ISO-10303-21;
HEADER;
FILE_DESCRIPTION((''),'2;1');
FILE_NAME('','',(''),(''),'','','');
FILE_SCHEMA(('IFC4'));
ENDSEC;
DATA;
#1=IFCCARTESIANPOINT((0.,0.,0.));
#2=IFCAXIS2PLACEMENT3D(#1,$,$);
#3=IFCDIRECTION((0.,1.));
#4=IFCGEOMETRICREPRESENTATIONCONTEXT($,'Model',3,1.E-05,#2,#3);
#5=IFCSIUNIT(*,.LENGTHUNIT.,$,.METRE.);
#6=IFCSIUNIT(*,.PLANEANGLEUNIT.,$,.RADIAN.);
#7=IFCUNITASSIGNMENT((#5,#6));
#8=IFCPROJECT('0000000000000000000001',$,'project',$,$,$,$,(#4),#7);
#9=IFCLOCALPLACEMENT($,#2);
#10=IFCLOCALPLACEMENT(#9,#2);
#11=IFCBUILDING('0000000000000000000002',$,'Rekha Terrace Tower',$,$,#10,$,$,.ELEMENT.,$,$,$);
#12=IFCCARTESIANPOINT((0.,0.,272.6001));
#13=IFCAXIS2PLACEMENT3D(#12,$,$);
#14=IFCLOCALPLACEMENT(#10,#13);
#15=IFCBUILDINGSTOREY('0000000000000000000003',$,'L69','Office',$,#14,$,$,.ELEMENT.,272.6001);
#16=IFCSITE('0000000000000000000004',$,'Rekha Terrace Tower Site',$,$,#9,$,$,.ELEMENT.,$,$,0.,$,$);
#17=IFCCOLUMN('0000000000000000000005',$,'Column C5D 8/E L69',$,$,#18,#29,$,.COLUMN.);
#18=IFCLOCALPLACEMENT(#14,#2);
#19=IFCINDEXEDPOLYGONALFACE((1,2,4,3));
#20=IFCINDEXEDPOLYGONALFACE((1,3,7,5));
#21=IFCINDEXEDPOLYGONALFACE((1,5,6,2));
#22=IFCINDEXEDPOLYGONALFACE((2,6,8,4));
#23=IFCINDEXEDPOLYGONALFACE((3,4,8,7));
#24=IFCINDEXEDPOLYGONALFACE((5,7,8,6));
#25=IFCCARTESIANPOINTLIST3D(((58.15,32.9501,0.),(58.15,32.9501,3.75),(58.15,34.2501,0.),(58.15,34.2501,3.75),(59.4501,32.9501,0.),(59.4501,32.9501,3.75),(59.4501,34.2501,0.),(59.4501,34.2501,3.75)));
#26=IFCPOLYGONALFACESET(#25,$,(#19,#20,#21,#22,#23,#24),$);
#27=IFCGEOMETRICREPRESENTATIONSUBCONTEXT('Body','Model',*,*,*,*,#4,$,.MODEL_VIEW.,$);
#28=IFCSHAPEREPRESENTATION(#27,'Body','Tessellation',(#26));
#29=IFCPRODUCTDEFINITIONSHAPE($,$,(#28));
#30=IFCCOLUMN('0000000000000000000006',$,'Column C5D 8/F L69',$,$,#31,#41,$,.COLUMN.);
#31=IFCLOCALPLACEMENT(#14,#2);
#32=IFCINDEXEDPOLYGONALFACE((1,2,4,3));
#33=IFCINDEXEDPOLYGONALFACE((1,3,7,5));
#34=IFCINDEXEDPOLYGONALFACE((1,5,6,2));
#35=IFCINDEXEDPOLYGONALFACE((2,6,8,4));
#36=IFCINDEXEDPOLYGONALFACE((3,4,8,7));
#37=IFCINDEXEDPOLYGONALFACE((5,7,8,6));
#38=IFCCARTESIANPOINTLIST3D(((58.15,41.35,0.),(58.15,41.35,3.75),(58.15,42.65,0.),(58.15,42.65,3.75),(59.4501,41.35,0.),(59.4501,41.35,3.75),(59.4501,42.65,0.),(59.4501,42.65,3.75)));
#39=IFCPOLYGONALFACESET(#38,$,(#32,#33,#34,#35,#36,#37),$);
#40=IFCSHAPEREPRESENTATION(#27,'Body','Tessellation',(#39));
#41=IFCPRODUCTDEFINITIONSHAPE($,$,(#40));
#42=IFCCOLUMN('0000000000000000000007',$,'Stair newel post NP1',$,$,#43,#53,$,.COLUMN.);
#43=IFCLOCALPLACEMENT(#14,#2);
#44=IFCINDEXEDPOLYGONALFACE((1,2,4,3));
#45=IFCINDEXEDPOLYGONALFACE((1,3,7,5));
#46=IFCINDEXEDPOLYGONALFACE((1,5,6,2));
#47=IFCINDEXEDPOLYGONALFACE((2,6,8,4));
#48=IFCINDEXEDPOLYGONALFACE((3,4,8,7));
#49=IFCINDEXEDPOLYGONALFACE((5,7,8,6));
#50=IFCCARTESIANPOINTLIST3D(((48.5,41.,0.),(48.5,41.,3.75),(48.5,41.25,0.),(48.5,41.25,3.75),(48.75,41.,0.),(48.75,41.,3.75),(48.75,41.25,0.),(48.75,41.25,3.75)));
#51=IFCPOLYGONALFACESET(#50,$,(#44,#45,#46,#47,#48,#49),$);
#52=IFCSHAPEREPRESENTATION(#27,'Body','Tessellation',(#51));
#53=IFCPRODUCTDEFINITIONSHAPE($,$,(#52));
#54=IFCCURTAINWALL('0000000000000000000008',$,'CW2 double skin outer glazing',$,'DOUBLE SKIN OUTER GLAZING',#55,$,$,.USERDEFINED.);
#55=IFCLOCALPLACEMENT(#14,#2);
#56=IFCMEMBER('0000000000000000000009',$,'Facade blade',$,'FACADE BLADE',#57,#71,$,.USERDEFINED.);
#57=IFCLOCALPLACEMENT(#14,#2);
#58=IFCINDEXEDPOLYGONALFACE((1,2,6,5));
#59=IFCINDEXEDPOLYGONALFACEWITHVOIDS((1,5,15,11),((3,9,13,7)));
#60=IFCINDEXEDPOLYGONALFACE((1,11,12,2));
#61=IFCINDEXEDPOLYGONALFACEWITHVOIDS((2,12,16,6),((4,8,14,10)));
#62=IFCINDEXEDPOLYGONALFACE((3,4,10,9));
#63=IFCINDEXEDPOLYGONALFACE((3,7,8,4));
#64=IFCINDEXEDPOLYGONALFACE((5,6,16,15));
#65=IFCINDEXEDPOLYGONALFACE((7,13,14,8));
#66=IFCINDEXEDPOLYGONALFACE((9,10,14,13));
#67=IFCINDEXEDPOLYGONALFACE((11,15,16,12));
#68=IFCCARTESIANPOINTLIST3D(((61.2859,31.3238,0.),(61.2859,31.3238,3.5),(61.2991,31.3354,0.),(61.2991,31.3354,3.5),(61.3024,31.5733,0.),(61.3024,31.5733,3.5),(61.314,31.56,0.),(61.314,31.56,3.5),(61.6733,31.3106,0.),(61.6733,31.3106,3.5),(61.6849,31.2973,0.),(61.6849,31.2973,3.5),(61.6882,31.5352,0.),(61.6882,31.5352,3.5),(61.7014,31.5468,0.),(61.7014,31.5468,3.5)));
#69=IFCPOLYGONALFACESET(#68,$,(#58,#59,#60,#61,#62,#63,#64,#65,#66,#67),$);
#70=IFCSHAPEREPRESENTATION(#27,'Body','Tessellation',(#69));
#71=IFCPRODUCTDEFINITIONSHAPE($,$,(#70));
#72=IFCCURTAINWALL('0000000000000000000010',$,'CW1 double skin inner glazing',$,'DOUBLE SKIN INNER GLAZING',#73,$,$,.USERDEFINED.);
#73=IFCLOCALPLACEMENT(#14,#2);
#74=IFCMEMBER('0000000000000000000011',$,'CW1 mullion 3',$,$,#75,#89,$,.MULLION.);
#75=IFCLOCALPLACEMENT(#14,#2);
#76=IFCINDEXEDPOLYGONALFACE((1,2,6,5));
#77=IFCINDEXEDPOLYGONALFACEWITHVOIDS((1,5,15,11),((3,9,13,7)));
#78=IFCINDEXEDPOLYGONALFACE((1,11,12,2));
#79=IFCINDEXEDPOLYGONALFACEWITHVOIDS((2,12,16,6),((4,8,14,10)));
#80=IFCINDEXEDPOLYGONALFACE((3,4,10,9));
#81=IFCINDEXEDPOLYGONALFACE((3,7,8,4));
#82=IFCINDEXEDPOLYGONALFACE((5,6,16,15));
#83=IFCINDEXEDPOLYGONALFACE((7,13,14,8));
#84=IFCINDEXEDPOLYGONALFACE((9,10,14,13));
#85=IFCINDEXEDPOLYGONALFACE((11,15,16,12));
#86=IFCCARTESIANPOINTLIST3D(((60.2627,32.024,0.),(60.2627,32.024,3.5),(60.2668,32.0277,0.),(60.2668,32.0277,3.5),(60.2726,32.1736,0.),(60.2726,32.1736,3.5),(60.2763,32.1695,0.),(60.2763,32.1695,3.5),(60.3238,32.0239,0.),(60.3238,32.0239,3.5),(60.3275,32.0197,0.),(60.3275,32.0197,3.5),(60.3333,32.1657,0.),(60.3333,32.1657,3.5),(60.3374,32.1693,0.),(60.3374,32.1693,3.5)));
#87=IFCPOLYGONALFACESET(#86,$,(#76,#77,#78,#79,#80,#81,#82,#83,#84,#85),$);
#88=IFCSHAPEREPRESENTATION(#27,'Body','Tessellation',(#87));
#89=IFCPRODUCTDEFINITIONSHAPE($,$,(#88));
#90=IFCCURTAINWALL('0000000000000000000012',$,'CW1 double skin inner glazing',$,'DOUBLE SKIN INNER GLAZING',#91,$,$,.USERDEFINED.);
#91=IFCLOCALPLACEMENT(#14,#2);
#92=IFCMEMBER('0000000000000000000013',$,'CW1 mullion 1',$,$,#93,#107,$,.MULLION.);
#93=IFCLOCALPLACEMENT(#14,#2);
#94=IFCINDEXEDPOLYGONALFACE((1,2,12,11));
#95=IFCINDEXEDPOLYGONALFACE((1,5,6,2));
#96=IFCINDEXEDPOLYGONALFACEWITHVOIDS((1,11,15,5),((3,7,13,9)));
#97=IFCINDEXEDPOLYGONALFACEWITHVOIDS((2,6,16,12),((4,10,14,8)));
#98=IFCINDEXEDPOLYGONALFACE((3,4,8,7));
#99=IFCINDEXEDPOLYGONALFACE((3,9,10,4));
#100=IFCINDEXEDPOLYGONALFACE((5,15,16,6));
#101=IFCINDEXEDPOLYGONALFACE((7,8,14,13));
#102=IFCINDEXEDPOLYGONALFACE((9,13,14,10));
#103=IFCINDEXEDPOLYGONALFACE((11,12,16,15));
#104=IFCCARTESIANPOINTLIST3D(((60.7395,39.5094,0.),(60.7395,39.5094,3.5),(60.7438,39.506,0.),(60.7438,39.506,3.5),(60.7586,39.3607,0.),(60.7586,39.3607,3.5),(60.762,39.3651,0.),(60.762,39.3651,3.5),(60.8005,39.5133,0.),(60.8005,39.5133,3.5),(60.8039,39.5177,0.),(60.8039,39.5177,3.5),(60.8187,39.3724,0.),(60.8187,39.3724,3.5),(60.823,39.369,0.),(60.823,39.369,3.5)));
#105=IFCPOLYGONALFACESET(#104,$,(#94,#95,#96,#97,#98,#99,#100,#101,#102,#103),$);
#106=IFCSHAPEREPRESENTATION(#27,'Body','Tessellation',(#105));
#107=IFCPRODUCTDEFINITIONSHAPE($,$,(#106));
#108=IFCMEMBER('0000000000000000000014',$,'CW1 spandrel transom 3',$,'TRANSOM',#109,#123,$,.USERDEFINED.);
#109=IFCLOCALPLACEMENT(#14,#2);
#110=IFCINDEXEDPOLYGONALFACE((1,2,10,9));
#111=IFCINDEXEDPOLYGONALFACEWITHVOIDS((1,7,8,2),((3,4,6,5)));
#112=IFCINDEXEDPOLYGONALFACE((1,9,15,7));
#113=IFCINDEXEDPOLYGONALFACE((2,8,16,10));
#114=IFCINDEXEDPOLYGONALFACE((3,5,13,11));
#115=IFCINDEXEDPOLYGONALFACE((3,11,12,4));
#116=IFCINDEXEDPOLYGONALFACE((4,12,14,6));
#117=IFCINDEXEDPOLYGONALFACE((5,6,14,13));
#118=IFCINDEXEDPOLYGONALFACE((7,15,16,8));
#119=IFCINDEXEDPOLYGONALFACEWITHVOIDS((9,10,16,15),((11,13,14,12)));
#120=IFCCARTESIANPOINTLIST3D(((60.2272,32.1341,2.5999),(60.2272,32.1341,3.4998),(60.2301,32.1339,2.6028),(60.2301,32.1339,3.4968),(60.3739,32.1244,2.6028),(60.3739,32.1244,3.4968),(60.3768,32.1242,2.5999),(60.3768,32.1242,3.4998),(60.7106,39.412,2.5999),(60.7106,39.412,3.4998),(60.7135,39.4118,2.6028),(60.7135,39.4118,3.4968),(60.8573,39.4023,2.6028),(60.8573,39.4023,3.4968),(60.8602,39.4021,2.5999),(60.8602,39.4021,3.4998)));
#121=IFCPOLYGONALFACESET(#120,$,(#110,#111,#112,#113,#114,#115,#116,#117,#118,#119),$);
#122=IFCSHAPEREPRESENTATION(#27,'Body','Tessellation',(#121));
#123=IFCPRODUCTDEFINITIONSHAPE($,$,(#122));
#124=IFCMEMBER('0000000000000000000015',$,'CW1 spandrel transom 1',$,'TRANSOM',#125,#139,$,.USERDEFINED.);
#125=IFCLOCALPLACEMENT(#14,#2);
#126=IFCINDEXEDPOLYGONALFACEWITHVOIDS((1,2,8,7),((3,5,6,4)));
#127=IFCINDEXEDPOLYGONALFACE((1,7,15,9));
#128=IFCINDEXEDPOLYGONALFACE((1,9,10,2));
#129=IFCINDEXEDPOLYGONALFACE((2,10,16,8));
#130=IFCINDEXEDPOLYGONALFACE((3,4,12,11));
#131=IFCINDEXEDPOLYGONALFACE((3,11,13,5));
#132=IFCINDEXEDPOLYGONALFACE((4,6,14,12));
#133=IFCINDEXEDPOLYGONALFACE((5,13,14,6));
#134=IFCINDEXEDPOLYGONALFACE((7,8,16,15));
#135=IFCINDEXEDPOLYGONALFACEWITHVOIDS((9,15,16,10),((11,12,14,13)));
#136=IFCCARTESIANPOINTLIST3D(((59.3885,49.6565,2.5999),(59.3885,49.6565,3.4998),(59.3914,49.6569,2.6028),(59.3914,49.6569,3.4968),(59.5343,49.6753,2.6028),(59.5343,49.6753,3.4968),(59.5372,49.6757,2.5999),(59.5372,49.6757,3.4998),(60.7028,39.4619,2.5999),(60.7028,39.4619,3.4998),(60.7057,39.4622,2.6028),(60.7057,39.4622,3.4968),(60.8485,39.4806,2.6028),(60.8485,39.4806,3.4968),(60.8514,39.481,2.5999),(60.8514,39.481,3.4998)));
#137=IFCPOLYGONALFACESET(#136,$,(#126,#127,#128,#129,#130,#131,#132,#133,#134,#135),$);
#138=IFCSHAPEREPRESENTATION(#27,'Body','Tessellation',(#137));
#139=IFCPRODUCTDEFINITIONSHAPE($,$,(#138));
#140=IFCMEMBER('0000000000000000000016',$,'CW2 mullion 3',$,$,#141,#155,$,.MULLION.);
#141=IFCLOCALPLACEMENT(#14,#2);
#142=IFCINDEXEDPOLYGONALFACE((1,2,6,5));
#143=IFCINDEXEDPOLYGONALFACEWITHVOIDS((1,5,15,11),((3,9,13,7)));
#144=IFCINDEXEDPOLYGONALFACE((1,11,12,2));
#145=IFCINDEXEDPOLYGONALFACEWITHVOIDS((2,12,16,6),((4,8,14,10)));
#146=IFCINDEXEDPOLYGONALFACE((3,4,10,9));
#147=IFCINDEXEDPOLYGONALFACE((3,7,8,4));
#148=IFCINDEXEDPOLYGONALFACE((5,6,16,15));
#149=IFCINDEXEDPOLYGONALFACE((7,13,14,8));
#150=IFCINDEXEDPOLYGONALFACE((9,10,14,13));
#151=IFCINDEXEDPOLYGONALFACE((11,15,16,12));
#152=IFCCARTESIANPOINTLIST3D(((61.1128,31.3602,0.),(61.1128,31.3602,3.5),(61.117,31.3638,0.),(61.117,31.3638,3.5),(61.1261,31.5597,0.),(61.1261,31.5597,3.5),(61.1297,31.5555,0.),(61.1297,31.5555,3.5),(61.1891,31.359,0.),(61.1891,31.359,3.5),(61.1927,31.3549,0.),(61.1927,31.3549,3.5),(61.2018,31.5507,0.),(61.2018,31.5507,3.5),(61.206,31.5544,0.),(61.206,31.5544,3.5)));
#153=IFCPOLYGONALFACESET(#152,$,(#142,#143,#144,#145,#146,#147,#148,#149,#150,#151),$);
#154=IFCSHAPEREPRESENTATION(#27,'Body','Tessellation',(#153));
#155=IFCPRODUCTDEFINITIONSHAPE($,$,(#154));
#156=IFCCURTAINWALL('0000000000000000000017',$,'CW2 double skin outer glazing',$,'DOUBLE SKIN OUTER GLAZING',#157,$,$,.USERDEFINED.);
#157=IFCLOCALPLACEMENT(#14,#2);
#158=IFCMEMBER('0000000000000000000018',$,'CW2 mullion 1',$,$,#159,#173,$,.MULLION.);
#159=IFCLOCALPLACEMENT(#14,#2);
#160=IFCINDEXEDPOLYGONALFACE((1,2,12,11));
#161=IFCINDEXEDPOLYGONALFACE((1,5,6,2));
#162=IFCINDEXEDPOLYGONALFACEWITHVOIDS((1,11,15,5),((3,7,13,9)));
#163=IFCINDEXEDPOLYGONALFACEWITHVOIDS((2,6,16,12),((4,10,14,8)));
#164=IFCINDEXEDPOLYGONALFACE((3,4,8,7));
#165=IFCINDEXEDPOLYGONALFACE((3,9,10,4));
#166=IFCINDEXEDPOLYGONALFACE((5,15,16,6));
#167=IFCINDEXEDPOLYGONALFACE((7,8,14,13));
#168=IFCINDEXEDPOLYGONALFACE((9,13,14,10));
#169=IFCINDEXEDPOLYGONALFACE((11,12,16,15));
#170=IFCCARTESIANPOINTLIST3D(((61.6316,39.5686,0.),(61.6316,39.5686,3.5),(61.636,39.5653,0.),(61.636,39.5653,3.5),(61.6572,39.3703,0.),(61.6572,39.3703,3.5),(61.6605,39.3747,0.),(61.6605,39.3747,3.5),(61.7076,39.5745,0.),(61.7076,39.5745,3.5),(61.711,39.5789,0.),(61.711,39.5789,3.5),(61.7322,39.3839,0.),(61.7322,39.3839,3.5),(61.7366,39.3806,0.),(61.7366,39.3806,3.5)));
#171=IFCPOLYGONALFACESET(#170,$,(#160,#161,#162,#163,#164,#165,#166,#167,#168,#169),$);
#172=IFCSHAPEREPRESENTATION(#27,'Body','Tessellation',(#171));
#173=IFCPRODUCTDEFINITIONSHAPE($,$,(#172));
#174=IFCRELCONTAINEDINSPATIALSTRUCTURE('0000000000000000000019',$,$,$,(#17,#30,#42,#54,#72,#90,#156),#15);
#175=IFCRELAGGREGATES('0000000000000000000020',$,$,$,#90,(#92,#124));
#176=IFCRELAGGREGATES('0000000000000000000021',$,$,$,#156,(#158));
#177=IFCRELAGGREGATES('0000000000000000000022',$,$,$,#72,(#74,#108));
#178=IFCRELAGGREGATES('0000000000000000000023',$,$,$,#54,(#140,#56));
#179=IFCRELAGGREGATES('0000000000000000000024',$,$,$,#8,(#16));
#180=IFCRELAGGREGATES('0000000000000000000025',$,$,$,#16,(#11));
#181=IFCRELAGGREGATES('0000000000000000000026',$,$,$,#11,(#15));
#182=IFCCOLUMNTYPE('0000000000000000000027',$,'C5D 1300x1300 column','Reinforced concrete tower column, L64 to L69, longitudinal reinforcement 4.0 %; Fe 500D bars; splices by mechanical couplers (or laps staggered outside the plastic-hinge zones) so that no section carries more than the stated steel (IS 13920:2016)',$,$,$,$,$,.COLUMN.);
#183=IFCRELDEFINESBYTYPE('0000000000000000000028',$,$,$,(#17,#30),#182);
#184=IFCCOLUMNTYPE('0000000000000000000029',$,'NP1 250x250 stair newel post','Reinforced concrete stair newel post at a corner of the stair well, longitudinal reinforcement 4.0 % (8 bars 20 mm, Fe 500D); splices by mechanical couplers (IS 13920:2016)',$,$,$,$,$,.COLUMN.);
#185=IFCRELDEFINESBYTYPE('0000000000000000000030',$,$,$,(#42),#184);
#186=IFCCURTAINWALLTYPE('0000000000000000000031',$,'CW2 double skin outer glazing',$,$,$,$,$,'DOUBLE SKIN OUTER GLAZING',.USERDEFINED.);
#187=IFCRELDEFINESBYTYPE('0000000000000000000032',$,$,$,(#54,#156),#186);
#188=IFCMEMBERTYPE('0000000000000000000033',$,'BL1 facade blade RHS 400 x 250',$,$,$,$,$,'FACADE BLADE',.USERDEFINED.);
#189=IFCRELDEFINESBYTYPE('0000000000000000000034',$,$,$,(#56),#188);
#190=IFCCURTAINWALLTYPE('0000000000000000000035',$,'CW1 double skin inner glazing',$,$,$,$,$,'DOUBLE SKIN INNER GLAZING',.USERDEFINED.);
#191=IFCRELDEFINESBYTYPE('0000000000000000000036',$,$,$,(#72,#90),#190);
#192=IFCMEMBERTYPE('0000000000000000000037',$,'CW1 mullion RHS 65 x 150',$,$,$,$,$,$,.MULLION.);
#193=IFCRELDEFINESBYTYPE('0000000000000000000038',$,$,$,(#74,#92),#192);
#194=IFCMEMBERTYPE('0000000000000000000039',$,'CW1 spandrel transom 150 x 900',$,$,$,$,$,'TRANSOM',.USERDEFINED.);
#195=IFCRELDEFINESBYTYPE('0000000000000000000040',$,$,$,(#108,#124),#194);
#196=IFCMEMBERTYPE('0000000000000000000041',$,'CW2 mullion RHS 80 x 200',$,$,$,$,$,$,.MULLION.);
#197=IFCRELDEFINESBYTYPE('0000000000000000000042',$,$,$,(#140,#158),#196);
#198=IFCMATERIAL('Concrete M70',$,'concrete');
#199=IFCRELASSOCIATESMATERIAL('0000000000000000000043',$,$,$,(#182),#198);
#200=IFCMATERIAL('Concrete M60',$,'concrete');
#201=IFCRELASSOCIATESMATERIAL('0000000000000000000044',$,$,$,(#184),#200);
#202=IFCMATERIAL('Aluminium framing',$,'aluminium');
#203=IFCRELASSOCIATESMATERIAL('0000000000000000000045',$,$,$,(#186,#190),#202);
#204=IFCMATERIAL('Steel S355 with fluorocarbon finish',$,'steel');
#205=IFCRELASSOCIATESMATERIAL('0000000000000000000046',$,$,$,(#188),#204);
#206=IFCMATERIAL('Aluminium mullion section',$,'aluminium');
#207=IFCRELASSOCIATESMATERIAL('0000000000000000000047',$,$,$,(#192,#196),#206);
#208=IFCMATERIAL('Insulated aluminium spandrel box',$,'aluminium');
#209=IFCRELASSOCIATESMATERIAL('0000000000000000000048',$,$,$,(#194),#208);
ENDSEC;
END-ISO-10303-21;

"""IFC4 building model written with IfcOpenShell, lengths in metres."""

from ifc_helpers import new_model, si_unit, direction, frame, origin, origin_2d, place, context, subcontext, project, spatial, rectangle, hollow_rectangle, extrude, material, material_profile, profile_set, type_object, element, aggregate, save


model = new_model("IFC4")

# Units and contexts
model_context = context("Model", 3, precision=1e-05, world=origin(), true_north=direction((0.0, 1.0)))
body_context = subcontext(model_context, "Body", "Model", "MODEL_VIEW")
ifc_project = project(units=[si_unit("LENGTHUNIT", "METRE"), si_unit("PLANEANGLEUNIT", "RADIAN")], contexts=[model_context])

# Site, building, storey
site_placement = place(None, origin())
site = spatial("IfcSite", under=ifc_project, at=site_placement, Name="Rekha Terrace Tower Site", CompositionType="ELEMENT", RefElevation=0.0)
building_placement = place(site_placement, origin())
building = spatial("IfcBuilding", under=site, at=building_placement, Name="Rekha Terrace Tower", CompositionType="ELEMENT")
storey_placement = place(building_placement, frame((0.0, 0.0, 272.6001)))
storey = spatial("IfcBuildingStorey", under=building, at=storey_placement, Name="L69", Description="Office", CompositionType="ELEMENT", Elevation=272.6001)

# Columns
ifc_material_1 = material(Name="Concrete M70", Category="concrete")
ifc_material_profile_1 = material_profile(ifc_material_1, rectangle(XDim=1.3, YDim=1.3, at=origin_2d()), Name="RC 1300x1300")
ifc_profile_set_1 = profile_set([ifc_material_profile_1], Name="Concrete M70")
column_type_1 = type_object("IfcColumnType", Name="C5D 1300x1300 column", Description="Reinforced concrete tower column, L64 to L69, longitudinal reinforcement 4.0 %; Fe 500D bars; splices by mechanical couplers (or laps staggered outside the plastic-hinge zones) so that no section carries more than the stated steel (IS 13920:2016)", PredefinedType="COLUMN", material=ifc_profile_set_1)
for number, where, z_axis, x_axis, name in (
    (1, (58.8, 33.6001, 0.0), (0.0, 0.0, 1.0), (1.0, 0.0, 0.0), "Column C5D 8/E L69"),
    (2, (58.8, 42.0, 0.0), (0.0, 0.0, 1.0), (1.0, 0.0, 0.0), "Column C5D 8/F L69"),
):
    element("IfcColumn", number, at=place(storey_placement, frame(where, z_axis=z_axis, x_axis=x_axis)), inside=storey, type_object=column_type_1, Name=name, PredefinedType="COLUMN", context=body_context, shape_type="SweptSolid", body=[
        extrude(rectangle(XDim=1.3, YDim=1.3, at=origin_2d()), origin(), (0.0, 0.0, 1.0), 3.75),
    ])
ifc_material_2 = material(Name="Concrete M60", Category="concrete")
ifc_material_profile_2 = material_profile(ifc_material_2, rectangle(XDim=0.25, YDim=0.25, at=origin_2d()), Name="RC 250x250")
ifc_profile_set_2 = profile_set([ifc_material_profile_2], Name="Concrete M60")
column_type_2 = type_object("IfcColumnType", Name="NP1 250x250 stair newel post", Description="Reinforced concrete stair newel post at a corner of the stair well, longitudinal reinforcement 4.0 % (8 bars 20 mm, Fe 500D); splices by mechanical couplers (IS 13920:2016)", PredefinedType="COLUMN", material=ifc_profile_set_2)
column_placement = place(storey_placement, frame((48.625, 41.125, 0.0), z_axis=(0.0, 0.0, 1.0), x_axis=(1.0, 0.0, 0.0)))
element("IfcColumn", 3, at=column_placement, inside=storey, type_object=column_type_2, Name="Stair newel post NP1", PredefinedType="COLUMN", context=body_context, shape_type="SweptSolid", body=[
    extrude(rectangle(XDim=0.25, YDim=0.25, at=origin_2d()), origin(), (0.0, 0.0, 1.0), 3.75),
])

# Curtain walls, members
ifc_material_3 = material(Name="Aluminium framing", Category="aluminium")
curtain_wall_type_1 = type_object("IfcCurtainWallType", Name="CW2 double skin outer glazing", ElementType="DOUBLE SKIN OUTER GLAZING", PredefinedType="USERDEFINED", material=ifc_material_3)
curtain_wall_1_placement = place(storey_placement, origin())
curtain_wall_1 = element("IfcCurtainWall", 4, at=curtain_wall_1_placement, inside=storey, type_object=curtain_wall_type_1, Name="CW2 double skin outer glazing", ObjectType="DOUBLE SKIN OUTER GLAZING", PredefinedType="USERDEFINED")
ifc_material_4 = material(Name="Steel S355 with fluorocarbon finish", Category="steel")
ifc_material_profile_3 = material_profile(ifc_material_4, hollow_rectangle(XDim=0.25, YDim=0.3999, WallThickness=0.0125, at=origin_2d()), Name="RHS400x250x12.5")
ifc_profile_set_3 = profile_set([ifc_material_profile_3], Name="Steel S355 with fluorocarbon finish")
member_type_1 = type_object("IfcMemberType", Name="BL1 facade blade RHS 400 x 250", ElementType="FACADE BLADE", PredefinedType="USERDEFINED", material=ifc_profile_set_3)
member_1_placement = place(storey_placement, frame((61.4937, 31.4353, 0.0), z_axis=(0.0, 0.0, 1.0), x_axis=(0.066272, 0.997802, 0.0)))
member_1 = element("IfcMember", 5, at=member_1_placement, type_object=member_type_1, Name="Facade blade", ObjectType="FACADE BLADE", PredefinedType="USERDEFINED", context=body_context, shape_type="SweptSolid", body=[
    extrude(hollow_rectangle(XDim=0.25, YDim=0.3999, WallThickness=0.0125, at=origin_2d()), origin(), (0.0, 0.0, 1.0), 3.5),
])
curtain_wall_type_2 = type_object("IfcCurtainWallType", Name="CW1 double skin inner glazing", ElementType="DOUBLE SKIN INNER GLAZING", PredefinedType="USERDEFINED", material=ifc_material_3)
curtain_wall_2_placement = place(storey_placement, origin())
curtain_wall_2 = element("IfcCurtainWall", 6, at=curtain_wall_2_placement, inside=storey, type_object=curtain_wall_type_2, Name="CW1 double skin inner glazing", ObjectType="DOUBLE SKIN INNER GLAZING", PredefinedType="USERDEFINED")
ifc_material_5 = material(Name="Aluminium mullion section", Category="aluminium")
ifc_material_profile_4 = material_profile(ifc_material_5, hollow_rectangle(XDim=0.0649, YDim=0.1499, WallThickness=0.0039, at=origin_2d()), Name="AL RHS 65x150")
ifc_profile_set_4 = profile_set([ifc_material_profile_4], Name="Aluminium mullion section")
member_type_2 = type_object("IfcMemberType", Name="CW1 mullion RHS 65 x 150", PredefinedType="MULLION", material=ifc_profile_set_4)
member_2_placement = place(storey_placement, frame((60.3, 32.0967, 0.0), z_axis=(0.0, 0.0, 1.0), x_axis=(-0.997802, 0.066272, 0.0)))
member_2 = element("IfcMember", 7, at=member_2_placement, type_object=member_type_2, Name="CW1 mullion 3", PredefinedType="MULLION", context=body_context, shape_type="SweptSolid", body=[
    extrude(hollow_rectangle(XDim=0.0649, YDim=0.1499, WallThickness=0.0039, at=origin_2d()), origin(), (0.0, 0.0, 1.0), 3.5),
])
curtain_wall_3_placement = place(storey_placement, origin())
curtain_wall_3 = element("IfcCurtainWall", 8, at=curtain_wall_3_placement, inside=storey, type_object=curtain_wall_type_2, Name="CW1 double skin inner glazing", ObjectType="DOUBLE SKIN INNER GLAZING", PredefinedType="USERDEFINED")
member_3_placement = place(storey_placement, frame((60.7812, 39.4392, 0.0), z_axis=(0.0, 0.0, 1.0), x_axis=(-0.991791, -0.12787, 0.0)))
member_3 = element("IfcMember", 9, at=member_3_placement, type_object=member_type_2, Name="CW1 mullion 1", PredefinedType="MULLION", context=body_context, shape_type="SweptSolid", body=[
    extrude(hollow_rectangle(XDim=0.0649, YDim=0.1499, WallThickness=0.0039, at=origin_2d()), origin(), (0.0, 0.0, 1.0), 3.5),
])

# Members
ifc_material_6 = material(Name="Insulated aluminium spandrel box", Category="aluminium")
ifc_material_profile_5 = material_profile(ifc_material_6, hollow_rectangle(XDim=0.1499, YDim=0.8999, WallThickness=0.0029, at=origin_2d()), Name="AL SPANDREL BOX 150x900")
ifc_profile_set_5 = profile_set([ifc_material_profile_5], Name="Insulated aluminium spandrel box")
member_type_3 = type_object("IfcMemberType", Name="CW1 spandrel transom 150 x 900", ElementType="TRANSOM", PredefinedType="USERDEFINED", material=ifc_profile_set_5)
member_4_placement = place(storey_placement, frame((60.302, 32.1292, 3.0498), z_axis=(0.066275, 0.997801, 0.0), x_axis=(-0.997801, 0.066275, 0.0)))
member_4 = element("IfcMember", 10, at=member_4_placement, type_object=member_type_3, Name="CW1 spandrel transom 3", ObjectType="TRANSOM", PredefinedType="USERDEFINED", context=body_context, shape_type="SweptSolid", body=[
    extrude(hollow_rectangle(XDim=0.1499, YDim=0.8999, WallThickness=0.0029, at=origin_2d()), origin(), (0.0, 0.0, 1.0), 7.2939),
])
member_5_placement = place(storey_placement, frame((60.7771, 39.4714, 3.0498), z_axis=(-0.127855, 0.991793, 0.0), x_axis=(-0.991793, -0.127855, 0.0)))
member_5 = element("IfcMember", 11, at=member_5_placement, type_object=member_type_3, Name="CW1 spandrel transom 1", ObjectType="TRANSOM", PredefinedType="USERDEFINED", context=body_context, shape_type="SweptSolid", body=[
    extrude(hollow_rectangle(XDim=0.1499, YDim=0.8999, WallThickness=0.0029, at=origin_2d()), origin(), (0.0, 0.0, 1.0), 10.2791),
])
aggregate(curtain_wall_3, [member_3, member_5])
ifc_material_profile_6 = material_profile(ifc_material_5, hollow_rectangle(XDim=0.0801, YDim=0.2, WallThickness=0.0039, at=origin_2d()), Name="AL RHS 80x200")
ifc_profile_set_6 = profile_set([ifc_material_profile_6], Name="Aluminium mullion section")
member_type_4 = type_object("IfcMemberType", Name="CW2 mullion RHS 80 x 200", PredefinedType="MULLION", material=ifc_profile_set_6)
member_6_placement = place(storey_placement, frame((61.1594, 31.4573, 0.0), z_axis=(0.0, 0.0, 1.0), x_axis=(-0.997802, 0.066272, 0.0)))
member_6 = element("IfcMember", 12, at=member_6_placement, type_object=member_type_4, Name="CW2 mullion 3", PredefinedType="MULLION", context=body_context, shape_type="SweptSolid", body=[
    extrude(hollow_rectangle(XDim=0.0801, YDim=0.2, WallThickness=0.0039, at=origin_2d()), origin(), (0.0, 0.0, 1.0), 3.5),
])

# Curtain wall, member
curtain_wall_4_placement = place(storey_placement, origin())
curtain_wall_4 = element("IfcCurtainWall", 13, at=curtain_wall_4_placement, inside=storey, type_object=curtain_wall_type_1, Name="CW2 double skin outer glazing", ObjectType="DOUBLE SKIN OUTER GLAZING", PredefinedType="USERDEFINED")
member_7_placement = place(storey_placement, frame((61.6841, 39.4746, 0.0), z_axis=(0.0, 0.0, 1.0), x_axis=(-0.991791, -0.12787, 0.0)))
member_7 = element("IfcMember", 14, at=member_7_placement, type_object=member_type_4, Name="CW2 mullion 1", PredefinedType="MULLION", context=body_context, shape_type="SweptSolid", body=[
    extrude(hollow_rectangle(XDim=0.0801, YDim=0.2, WallThickness=0.0039, at=origin_2d()), origin(), (0.0, 0.0, 1.0), 3.5),
])

aggregate(curtain_wall_4, [member_7])

aggregate(curtain_wall_2, [member_2, member_4])
aggregate(curtain_wall_1, [member_6, member_1])

save(model, "model.ifc")
